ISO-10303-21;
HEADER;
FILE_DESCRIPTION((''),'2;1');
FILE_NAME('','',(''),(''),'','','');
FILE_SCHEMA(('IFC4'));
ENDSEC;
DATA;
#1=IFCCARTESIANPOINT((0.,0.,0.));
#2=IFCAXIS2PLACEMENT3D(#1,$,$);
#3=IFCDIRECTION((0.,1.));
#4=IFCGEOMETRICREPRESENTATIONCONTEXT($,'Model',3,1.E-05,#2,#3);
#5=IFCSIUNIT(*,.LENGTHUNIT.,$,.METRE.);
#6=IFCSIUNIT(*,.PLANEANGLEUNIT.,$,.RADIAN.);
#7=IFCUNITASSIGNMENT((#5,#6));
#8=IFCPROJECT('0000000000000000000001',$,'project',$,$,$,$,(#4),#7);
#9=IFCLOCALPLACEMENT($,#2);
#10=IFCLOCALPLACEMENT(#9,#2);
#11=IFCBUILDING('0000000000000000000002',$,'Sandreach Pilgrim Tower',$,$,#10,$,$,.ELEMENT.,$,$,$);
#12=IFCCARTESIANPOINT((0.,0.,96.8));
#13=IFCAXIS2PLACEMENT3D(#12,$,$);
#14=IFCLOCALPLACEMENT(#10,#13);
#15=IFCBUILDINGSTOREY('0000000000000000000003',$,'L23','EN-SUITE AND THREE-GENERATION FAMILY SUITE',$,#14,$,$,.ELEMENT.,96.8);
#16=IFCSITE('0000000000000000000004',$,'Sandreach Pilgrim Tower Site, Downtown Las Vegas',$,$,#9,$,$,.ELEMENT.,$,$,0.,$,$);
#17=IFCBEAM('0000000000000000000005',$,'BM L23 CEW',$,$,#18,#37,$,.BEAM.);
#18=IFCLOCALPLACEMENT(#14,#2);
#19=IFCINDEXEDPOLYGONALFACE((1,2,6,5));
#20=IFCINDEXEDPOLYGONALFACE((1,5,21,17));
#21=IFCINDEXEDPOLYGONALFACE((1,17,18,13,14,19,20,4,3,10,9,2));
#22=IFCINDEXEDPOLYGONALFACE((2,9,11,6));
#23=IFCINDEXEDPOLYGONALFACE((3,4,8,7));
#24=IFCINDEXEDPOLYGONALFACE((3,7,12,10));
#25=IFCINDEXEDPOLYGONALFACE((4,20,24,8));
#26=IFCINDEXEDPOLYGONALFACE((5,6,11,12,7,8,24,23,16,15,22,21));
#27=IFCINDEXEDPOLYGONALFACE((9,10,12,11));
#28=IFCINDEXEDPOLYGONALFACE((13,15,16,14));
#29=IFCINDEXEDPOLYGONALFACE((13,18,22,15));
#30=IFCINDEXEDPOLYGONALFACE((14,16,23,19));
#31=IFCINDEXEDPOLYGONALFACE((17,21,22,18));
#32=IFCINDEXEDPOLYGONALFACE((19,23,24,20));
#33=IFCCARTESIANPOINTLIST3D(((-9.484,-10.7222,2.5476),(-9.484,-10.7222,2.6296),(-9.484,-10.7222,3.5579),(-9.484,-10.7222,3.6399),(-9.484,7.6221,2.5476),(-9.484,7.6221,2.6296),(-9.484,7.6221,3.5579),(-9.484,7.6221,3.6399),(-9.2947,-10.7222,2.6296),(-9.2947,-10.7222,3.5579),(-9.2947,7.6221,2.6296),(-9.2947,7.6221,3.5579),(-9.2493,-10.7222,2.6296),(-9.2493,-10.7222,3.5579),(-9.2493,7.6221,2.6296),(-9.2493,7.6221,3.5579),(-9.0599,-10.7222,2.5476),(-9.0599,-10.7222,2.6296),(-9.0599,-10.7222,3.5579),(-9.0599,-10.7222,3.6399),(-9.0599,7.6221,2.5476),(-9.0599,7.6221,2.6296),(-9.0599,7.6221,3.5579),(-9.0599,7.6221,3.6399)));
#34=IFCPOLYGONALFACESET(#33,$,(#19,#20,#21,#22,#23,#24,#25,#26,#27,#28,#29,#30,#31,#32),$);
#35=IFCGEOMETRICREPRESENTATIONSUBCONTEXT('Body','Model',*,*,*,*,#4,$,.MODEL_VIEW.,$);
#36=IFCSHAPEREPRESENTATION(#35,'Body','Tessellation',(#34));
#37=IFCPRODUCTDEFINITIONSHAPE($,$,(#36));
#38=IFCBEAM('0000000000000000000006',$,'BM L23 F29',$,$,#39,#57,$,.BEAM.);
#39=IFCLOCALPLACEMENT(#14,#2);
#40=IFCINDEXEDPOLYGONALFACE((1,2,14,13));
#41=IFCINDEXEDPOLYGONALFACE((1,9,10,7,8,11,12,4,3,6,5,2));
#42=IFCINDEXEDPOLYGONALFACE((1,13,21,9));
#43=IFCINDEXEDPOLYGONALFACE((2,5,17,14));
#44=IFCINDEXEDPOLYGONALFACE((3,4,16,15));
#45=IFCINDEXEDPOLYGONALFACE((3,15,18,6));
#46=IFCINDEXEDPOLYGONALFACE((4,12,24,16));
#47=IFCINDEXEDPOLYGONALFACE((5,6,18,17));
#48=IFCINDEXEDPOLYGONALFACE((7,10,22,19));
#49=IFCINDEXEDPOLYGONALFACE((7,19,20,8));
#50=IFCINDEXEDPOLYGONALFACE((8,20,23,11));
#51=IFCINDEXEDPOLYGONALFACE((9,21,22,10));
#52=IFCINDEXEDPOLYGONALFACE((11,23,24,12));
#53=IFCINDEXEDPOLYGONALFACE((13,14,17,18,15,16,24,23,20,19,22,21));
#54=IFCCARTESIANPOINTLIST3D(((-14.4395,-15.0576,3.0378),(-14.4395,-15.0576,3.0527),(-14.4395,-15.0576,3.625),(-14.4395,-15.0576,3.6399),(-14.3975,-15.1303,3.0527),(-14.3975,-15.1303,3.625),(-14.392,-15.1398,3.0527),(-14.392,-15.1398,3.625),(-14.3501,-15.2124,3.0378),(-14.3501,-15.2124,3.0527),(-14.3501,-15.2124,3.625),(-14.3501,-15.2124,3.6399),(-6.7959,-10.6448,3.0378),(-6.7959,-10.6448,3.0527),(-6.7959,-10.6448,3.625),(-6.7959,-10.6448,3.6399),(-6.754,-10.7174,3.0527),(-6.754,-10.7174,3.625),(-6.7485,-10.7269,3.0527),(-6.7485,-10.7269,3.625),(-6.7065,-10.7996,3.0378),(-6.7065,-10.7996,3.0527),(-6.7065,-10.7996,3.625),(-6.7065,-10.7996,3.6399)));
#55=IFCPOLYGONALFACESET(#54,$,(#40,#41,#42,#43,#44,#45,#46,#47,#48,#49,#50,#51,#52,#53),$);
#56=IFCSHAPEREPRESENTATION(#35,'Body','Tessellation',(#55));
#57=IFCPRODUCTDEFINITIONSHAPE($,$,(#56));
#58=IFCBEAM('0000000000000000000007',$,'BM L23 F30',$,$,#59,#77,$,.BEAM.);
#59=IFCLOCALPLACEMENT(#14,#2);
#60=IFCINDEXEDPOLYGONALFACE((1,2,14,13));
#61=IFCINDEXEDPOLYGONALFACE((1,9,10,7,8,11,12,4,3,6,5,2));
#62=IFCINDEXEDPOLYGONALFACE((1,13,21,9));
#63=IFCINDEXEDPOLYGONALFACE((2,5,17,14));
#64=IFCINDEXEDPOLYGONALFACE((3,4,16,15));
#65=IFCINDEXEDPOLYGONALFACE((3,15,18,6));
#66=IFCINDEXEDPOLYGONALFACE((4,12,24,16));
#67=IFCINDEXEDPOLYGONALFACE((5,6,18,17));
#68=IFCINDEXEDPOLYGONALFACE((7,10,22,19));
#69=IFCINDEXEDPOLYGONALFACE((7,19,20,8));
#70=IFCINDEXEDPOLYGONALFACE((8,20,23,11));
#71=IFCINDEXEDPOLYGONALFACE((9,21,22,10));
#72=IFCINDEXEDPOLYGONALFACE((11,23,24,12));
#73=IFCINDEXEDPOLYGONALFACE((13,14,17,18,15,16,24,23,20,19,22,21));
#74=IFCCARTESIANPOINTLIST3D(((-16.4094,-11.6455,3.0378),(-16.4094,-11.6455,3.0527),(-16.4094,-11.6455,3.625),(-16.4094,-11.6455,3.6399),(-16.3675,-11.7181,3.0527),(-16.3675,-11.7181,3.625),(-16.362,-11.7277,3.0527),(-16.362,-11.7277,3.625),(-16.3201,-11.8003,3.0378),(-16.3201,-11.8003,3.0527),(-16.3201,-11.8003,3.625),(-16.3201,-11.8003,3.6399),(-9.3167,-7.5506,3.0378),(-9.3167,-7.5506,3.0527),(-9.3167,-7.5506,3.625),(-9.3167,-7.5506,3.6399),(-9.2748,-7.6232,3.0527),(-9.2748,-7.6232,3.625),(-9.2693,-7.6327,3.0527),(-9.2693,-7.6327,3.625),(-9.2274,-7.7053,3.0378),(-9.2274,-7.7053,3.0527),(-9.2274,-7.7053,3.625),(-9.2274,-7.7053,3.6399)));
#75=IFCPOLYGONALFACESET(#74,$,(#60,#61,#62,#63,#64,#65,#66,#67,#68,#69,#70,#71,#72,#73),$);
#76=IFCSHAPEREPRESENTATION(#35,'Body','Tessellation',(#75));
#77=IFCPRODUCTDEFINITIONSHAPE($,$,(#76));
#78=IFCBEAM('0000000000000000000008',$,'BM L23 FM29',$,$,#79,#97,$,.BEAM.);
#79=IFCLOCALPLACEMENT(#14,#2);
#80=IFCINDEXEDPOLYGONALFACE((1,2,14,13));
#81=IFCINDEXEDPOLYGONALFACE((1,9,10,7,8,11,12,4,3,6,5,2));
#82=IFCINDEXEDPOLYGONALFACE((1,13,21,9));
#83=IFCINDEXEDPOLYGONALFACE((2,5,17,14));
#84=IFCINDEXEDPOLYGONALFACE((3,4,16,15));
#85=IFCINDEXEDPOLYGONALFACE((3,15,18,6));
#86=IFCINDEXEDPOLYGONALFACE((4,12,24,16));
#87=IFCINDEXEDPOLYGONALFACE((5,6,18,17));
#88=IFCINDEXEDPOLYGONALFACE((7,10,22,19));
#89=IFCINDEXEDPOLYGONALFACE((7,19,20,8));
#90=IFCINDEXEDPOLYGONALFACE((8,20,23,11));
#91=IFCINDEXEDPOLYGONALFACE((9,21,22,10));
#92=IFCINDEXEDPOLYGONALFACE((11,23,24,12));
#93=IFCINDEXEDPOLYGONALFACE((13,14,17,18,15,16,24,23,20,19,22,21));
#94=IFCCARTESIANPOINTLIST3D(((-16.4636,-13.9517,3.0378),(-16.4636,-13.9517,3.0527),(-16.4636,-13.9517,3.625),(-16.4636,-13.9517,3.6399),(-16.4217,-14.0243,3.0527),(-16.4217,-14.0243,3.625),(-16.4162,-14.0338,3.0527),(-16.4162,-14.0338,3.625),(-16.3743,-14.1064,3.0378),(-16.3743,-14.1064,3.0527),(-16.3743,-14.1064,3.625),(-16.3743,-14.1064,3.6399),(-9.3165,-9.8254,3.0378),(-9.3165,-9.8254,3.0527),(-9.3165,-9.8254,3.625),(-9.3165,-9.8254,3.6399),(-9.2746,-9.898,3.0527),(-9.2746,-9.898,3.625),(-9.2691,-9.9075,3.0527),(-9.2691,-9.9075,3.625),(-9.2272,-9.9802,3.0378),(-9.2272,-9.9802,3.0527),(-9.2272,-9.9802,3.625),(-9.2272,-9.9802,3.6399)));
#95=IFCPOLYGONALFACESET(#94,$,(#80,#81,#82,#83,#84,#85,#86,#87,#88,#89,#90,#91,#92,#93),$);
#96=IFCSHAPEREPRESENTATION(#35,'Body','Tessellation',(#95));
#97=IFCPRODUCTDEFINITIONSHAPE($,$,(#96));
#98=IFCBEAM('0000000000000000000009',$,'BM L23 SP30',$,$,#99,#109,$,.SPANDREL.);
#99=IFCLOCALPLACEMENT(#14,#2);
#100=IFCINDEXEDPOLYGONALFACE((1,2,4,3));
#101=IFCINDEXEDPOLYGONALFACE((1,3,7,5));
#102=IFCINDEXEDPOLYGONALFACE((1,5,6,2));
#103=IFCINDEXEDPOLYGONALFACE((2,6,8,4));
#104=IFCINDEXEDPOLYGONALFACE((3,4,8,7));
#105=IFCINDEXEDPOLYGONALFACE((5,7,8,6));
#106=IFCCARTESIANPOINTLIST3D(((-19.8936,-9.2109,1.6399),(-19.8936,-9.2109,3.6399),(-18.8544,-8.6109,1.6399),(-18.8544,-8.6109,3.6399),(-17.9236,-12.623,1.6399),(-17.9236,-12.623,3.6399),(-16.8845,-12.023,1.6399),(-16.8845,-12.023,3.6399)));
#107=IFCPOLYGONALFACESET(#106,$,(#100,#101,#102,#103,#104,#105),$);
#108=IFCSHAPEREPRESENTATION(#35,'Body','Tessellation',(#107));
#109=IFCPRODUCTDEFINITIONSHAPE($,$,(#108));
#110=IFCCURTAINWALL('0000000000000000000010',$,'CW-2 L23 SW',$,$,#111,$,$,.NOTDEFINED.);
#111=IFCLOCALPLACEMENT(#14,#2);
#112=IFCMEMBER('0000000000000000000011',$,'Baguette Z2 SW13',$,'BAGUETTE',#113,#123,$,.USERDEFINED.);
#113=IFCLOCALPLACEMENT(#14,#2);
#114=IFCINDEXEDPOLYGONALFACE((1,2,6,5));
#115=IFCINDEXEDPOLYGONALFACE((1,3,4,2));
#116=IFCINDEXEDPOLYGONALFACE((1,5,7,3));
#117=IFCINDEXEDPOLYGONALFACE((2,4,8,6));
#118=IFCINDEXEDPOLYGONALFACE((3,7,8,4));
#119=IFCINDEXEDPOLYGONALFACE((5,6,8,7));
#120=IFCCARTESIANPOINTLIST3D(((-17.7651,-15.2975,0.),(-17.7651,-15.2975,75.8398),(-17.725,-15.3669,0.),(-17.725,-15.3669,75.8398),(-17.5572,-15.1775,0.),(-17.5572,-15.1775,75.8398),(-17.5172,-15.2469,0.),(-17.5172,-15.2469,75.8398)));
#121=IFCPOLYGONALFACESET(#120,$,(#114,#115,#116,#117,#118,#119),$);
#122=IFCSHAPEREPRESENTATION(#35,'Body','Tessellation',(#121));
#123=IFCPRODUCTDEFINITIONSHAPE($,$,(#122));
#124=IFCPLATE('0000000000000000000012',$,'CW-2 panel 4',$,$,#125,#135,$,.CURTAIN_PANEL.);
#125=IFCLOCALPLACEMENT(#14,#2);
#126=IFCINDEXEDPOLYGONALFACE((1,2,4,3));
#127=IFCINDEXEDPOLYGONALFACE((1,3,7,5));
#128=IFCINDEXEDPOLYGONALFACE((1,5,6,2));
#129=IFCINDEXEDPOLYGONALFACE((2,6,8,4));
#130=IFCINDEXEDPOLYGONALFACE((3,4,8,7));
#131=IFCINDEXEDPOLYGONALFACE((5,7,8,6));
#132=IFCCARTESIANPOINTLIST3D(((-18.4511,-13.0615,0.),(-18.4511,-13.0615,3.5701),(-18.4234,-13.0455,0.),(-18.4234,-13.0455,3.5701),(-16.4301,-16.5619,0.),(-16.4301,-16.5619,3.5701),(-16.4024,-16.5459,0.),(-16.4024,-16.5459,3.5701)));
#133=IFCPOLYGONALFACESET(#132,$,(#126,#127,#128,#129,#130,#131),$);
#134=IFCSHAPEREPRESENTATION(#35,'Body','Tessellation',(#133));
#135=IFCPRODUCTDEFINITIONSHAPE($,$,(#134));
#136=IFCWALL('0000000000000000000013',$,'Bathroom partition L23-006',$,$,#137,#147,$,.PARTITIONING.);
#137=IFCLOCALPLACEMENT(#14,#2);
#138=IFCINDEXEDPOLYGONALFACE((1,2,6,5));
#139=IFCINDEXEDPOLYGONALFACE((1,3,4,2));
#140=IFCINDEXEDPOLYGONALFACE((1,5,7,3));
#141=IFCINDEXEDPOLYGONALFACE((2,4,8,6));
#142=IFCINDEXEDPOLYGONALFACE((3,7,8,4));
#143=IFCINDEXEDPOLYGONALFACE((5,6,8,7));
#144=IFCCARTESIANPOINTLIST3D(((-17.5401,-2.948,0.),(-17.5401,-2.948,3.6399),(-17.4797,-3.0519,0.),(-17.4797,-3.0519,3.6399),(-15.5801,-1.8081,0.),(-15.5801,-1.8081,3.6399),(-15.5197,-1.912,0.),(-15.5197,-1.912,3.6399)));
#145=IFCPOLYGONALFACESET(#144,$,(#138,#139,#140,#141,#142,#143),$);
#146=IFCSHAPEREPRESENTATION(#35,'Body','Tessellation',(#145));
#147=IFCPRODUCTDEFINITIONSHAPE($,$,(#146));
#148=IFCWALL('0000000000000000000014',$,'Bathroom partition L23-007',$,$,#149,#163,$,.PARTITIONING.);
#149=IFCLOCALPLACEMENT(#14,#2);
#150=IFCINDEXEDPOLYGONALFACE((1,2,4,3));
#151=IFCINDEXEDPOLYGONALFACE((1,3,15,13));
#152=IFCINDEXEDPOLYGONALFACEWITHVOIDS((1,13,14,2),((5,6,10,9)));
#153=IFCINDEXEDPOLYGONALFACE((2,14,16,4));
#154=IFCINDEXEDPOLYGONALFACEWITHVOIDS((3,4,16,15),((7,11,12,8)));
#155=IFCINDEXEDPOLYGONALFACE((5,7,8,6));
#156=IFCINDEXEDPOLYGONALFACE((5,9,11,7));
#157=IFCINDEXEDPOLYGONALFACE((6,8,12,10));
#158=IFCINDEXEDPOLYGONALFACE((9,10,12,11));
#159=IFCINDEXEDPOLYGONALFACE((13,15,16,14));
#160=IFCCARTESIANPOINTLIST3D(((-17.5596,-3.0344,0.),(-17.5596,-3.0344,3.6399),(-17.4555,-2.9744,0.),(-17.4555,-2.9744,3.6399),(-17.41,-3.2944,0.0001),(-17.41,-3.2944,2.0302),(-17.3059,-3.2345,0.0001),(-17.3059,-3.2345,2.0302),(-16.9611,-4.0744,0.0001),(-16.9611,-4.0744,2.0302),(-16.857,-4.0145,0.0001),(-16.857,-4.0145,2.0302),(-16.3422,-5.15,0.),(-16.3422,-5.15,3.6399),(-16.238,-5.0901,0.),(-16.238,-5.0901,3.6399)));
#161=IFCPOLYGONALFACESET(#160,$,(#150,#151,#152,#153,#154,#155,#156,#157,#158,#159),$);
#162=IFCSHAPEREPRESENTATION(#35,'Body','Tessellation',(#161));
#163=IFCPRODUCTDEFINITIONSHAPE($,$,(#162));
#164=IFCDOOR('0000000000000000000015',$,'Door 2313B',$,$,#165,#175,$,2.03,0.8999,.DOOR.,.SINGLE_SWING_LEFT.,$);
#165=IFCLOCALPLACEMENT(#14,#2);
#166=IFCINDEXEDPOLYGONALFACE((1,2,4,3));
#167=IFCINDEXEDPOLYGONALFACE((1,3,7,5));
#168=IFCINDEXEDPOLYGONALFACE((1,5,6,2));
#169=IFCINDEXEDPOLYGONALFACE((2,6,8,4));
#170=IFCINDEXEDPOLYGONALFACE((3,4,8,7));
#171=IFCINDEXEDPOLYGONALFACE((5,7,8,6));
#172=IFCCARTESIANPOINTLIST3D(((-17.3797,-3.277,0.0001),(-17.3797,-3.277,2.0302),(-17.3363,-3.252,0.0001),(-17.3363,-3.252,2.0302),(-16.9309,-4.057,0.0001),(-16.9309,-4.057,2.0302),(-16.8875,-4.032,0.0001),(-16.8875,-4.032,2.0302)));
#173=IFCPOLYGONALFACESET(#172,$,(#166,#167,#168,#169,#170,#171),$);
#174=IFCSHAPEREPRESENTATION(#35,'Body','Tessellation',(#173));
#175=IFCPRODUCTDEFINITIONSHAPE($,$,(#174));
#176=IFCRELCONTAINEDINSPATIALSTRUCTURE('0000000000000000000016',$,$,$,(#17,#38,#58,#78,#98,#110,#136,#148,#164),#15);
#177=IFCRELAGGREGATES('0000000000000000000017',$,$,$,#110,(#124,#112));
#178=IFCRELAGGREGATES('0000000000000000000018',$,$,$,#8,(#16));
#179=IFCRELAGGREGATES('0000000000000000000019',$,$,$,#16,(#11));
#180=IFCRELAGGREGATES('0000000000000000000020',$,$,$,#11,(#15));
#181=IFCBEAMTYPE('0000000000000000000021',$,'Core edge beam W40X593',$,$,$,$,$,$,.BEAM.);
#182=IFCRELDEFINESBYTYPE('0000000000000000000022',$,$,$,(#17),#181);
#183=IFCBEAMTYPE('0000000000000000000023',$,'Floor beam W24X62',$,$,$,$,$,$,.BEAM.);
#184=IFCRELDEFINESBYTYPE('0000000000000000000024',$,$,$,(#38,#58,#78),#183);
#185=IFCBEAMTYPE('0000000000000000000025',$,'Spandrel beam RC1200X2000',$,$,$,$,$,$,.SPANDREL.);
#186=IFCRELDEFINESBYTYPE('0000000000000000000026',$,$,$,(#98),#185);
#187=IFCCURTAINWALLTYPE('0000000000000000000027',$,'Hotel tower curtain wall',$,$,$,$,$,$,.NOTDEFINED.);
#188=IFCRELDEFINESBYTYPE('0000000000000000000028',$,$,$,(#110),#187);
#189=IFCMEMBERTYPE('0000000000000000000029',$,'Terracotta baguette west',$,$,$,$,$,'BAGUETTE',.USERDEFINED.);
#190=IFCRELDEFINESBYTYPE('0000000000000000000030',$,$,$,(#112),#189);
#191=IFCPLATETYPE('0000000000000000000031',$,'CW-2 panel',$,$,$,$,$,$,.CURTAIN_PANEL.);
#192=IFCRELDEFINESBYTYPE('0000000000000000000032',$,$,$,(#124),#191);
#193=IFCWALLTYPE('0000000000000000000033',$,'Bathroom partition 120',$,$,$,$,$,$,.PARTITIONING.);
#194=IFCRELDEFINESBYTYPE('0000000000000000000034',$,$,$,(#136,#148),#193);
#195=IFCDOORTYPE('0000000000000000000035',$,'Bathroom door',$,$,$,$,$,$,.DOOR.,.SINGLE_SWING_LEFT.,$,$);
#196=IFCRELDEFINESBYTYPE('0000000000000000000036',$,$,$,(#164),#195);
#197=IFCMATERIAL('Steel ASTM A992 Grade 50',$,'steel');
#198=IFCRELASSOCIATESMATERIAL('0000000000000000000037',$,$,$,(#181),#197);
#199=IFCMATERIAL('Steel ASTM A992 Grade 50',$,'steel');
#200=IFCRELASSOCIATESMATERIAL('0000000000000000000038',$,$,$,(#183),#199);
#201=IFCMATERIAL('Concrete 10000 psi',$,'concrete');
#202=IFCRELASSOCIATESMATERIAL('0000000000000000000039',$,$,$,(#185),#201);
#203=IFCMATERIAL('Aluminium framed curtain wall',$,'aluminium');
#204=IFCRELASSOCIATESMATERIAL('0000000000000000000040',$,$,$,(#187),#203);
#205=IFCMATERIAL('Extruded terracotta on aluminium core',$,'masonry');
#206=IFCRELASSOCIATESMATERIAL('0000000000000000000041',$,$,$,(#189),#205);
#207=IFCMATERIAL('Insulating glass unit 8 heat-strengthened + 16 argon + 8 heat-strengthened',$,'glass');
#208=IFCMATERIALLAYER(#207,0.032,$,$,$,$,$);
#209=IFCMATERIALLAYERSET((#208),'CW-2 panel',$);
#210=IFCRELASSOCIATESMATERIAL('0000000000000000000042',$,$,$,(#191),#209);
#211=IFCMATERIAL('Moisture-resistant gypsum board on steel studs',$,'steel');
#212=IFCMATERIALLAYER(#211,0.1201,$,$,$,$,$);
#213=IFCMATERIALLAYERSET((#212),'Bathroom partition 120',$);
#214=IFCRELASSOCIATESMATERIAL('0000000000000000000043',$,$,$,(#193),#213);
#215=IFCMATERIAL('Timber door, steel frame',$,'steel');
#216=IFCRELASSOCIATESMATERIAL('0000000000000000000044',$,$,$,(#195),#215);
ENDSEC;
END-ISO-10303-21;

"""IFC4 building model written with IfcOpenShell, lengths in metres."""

from ifc_helpers import new_model, si_unit, direction, frame, frame_2d, origin, origin_2d, place, context, subcontext, project, spatial, rectangle, i_section, extrude, material, layer, layer_set, material_profile, profile_set, type_object, element, fill, aggregate, save


model = new_model("IFC4")

# Units and contexts
model_context = context("Model", 3, precision=1e-05, world=origin(), true_north=direction((0.0, 1.0)))
body_context = subcontext(model_context, "Body", "Model", "MODEL_VIEW")
ifc_project = project(units=[si_unit("LENGTHUNIT", "METRE"), si_unit("PLANEANGLEUNIT", "RADIAN")], contexts=[model_context])

# Site, building, storey
site_placement = place(None, origin())
site = spatial("IfcSite", under=ifc_project, at=site_placement, Name="Sandreach Pilgrim Tower Site, Downtown Las Vegas", CompositionType="ELEMENT", RefElevation=0.0)
building_placement = place(site_placement, origin())
building = spatial("IfcBuilding", under=site, at=building_placement, Name="Sandreach Pilgrim Tower", CompositionType="ELEMENT")
storey_placement = place(building_placement, frame((0.0, 0.0, 96.8)))
storey = spatial("IfcBuildingStorey", under=building, at=storey_placement, Name="L23", Description="EN-SUITE AND THREE-GENERATION FAMILY SUITE", CompositionType="ELEMENT", Elevation=96.8)

# Beams
ifc_material_1 = material(Name="Steel ASTM A992 Grade 50", Category="steel")
ifc_material_profile_1 = material_profile(ifc_material_1, i_section(OverallWidth=0.4241, OverallDepth=1.0923, WebThickness=0.0454, FlangeThickness=0.082, at=origin_2d()), Name="W40X593")
ifc_profile_set_1 = profile_set([ifc_material_profile_1], Name="Steel ASTM A992 Grade 50")
beam_type_1 = type_object("IfcBeamType", Name="Core edge beam W40X593", PredefinedType="BEAM", material=ifc_profile_set_1)
beam_1_placement = place(storey_placement, frame((-9.272, -10.7222, 3.0938), z_axis=(0.0, 1.0, 0.0), x_axis=(-1.0, 0.0, 0.0)))
element("IfcBeam", 1, at=beam_1_placement, inside=storey, type_object=beam_type_1, Name="BM L23 CEW", PredefinedType="BEAM", context=body_context, shape_type="SweptSolid", body=[
    extrude(i_section(OverallWidth=0.4241, OverallDepth=1.0923, WebThickness=0.0454, FlangeThickness=0.082, at=origin_2d()), origin(), (0.0, 0.0, 1.0), 18.3442),
])
ifc_material_2 = material(Name="Steel ASTM A992 Grade 50", Category="steel")
ifc_material_profile_2 = material_profile(ifc_material_2, i_section(OverallWidth=0.1787, OverallDepth=0.6021, WebThickness=0.011, FlangeThickness=0.0149, at=origin_2d()), Name="W24X62")
ifc_profile_set_2 = profile_set([ifc_material_profile_2], Name="Steel ASTM A992 Grade 50")
beam_type_2 = type_object("IfcBeamType", Name="Floor beam W24X62", PredefinedType="BEAM", material=ifc_profile_set_2)
beam_2_placement = place(storey_placement, frame((-14.3948, -15.135, 3.3389), z_axis=(0.866034, 0.499986, 0.0), x_axis=(-0.499986, 0.866034, 0.0)))
element("IfcBeam", 2, at=beam_2_placement, inside=storey, type_object=beam_type_2, Name="BM L23 F29", PredefinedType="BEAM", context=body_context, shape_type="SweptSolid", body=[
    extrude(i_section(OverallWidth=0.1787, OverallDepth=0.6021, WebThickness=0.011, FlangeThickness=0.0149, at=origin_2d()), origin(), (0.0, 0.0, 1.0), 8.8259),
])
beam_3_placement = place(storey_placement, frame((-16.3647, -11.7229, 3.3389), z_axis=(0.866028, 0.499996, 0.0), x_axis=(-0.499996, 0.866028, 0.0)))
element("IfcBeam", 3, at=beam_3_placement, inside=storey, type_object=beam_type_2, Name="BM L23 F30", PredefinedType="BEAM", context=body_context, shape_type="SweptSolid", body=[
    extrude(i_section(OverallWidth=0.1787, OverallDepth=0.6021, WebThickness=0.011, FlangeThickness=0.0149, at=origin_2d()), origin(), (0.0, 0.0, 1.0), 8.1899),
])
beam_4_placement = place(storey_placement, frame((-16.4189, -14.0291, 3.3389), z_axis=(0.86603, 0.499992, 0.0), x_axis=(-0.499992, 0.86603, 0.0)))
element("IfcBeam", 4, at=beam_4_placement, inside=storey, type_object=beam_type_2, Name="BM L23 FM29", PredefinedType="BEAM", context=body_context, shape_type="SweptSolid", body=[
    extrude(i_section(OverallWidth=0.1787, OverallDepth=0.6021, WebThickness=0.011, FlangeThickness=0.0149, at=origin_2d()), origin(), (0.0, 0.0, 1.0), 8.2527),
])
ifc_material_3 = material(Name="Concrete 10000 psi", Category="concrete")
ifc_material_profile_3 = material_profile(ifc_material_3, rectangle(XDim=1.2, YDim=2.0, at=origin_2d()), Name="RC1200X2000")
ifc_profile_set_3 = profile_set([ifc_material_profile_3], Name="Concrete 10000 psi")
beam_type_3 = type_object("IfcBeamType", Name="Spandrel beam RC1200X2000", PredefinedType="SPANDREL", material=ifc_profile_set_3)
beam_5_placement = place(storey_placement, frame((-17.4041, -12.323, 2.6399), z_axis=(-0.499998, 0.866027, 0.0), x_axis=(-0.866027, -0.499998, 0.0)))
element("IfcBeam", 5, at=beam_5_placement, inside=storey, type_object=beam_type_3, Name="BM L23 SP30", PredefinedType="SPANDREL", context=body_context, shape_type="SweptSolid", body=[
    extrude(rectangle(XDim=1.2, YDim=2.0, at=origin_2d()), origin(), (0.0, 0.0, 1.0), 3.9399),
])

# Curtain wall, member, plate
ifc_material_4 = material(Name="Aluminium framed curtain wall", Category="aluminium")
curtain_wall_type = type_object("IfcCurtainWallType", Name="Hotel tower curtain wall", PredefinedType="NOTDEFINED", material=ifc_material_4)
curtain_wall_placement = place(storey_placement, origin())
curtain_wall = element("IfcCurtainWall", 6, at=curtain_wall_placement, inside=storey, type_object=curtain_wall_type, Name="CW-2 L23 SW", PredefinedType="NOTDEFINED")
ifc_material_5 = material(Name="Extruded terracotta on aluminium core", Category="masonry")
ifc_material_profile_4 = material_profile(ifc_material_5, rectangle(XDim=0.0801, YDim=0.24, at=origin_2d()), Name="TBW 80X240")
ifc_profile_set_4 = profile_set([ifc_material_profile_4], Name="Extruded terracotta on aluminium core")
member_type = type_object("IfcMemberType", Name="Terracotta baguette west", ElementType="BAGUETTE", PredefinedType="USERDEFINED", material=ifc_profile_set_4)
member_placement = place(storey_placement, frame((-17.6411, -15.2722, 0.0), z_axis=(0.0, 0.0, 1.0), x_axis=(-0.5, 0.866025, 0.0)))
member = element("IfcMember", 7, at=member_placement, type_object=member_type, Name="Baguette Z2 SW13", ObjectType="BAGUETTE", PredefinedType="USERDEFINED", context=body_context, shape_type="SweptSolid", body=[
    extrude(rectangle(XDim=0.0801, YDim=0.24, at=origin_2d()), origin(), (0.0, 0.0, 1.0), 75.8398),
])
ifc_material_6 = material(Name="Insulating glass unit 8 heat-strengthened + 16 argon + 8 heat-strengthened", Category="glass")
ifc_layer_1 = layer(ifc_material_6, 0.032)
ifc_layer_set_1 = layer_set([ifc_layer_1], Name="CW-2 panel")
plate_type = type_object("IfcPlateType", Name="CW-2 panel", PredefinedType="CURTAIN_PANEL", material=ifc_layer_set_1)
plate_placement = place(storey_placement, frame((-17.4268, -14.8037, 0.0), z_axis=(0.0, 0.0, 1.0), x_axis=(-0.5, 0.866025, 0.0)))
plate = element("IfcPlate", 8, at=plate_placement, type_object=plate_type, Name="CW-2 panel 4", PredefinedType="CURTAIN_PANEL", context=body_context, shape_type="SweptSolid", body=[
    extrude(rectangle(XDim=4.042, YDim=0.032, at=origin_2d()), origin(), (0.0, 0.0, 1.0), 3.5701),
])
aggregate(curtain_wall, [plate, member])

# Wall
ifc_material_7 = material(Name="Moisture-resistant gypsum board on steel studs", Category="steel")
ifc_layer_2 = layer(ifc_material_7, 0.1201)
ifc_layer_set_2 = layer_set([ifc_layer_2], Name="Bathroom partition 120")
wall_type_1 = type_object("IfcWallType", Name="Bathroom partition 120", PredefinedType="PARTITIONING", material=ifc_layer_set_2)
wall_1_placement = place(storey_placement, frame((-17.51, -3.0, 0.0), z_axis=(0.0, 0.0, 1.0), x_axis=(0.864434, 0.502746, 0.0)))
element("IfcWall", 9, at=wall_1_placement, inside=storey, type_object=wall_type_1, Name="Bathroom partition L23-006", PredefinedType="PARTITIONING", context=body_context, shape_type="SweptSolid", body=[
    extrude(rectangle(XDim=2.2673, YDim=0.1201, at=frame_2d((1.1338, 0.0))), origin(), (0.0, 0.0, 1.0), 3.6399),
])

# Wall, opening, door
wall_2_placement = place(storey_placement, frame((-17.5076, -3.0044, 0.0), z_axis=(0.0, 0.0, 1.0), x_axis=(0.498776, -0.866731, 0.0)))
wall_2 = element("IfcWall", 10, at=wall_2_placement, inside=storey, type_object=wall_type_1, Name="Bathroom partition L23-007", PredefinedType="PARTITIONING", context=body_context, shape_type="SweptSolid", body=[
    extrude(rectangle(XDim=2.4409, YDim=0.1201, at=frame_2d((1.2205, 0.0))), origin(), (0.0, 0.0, 1.0), 3.6399),
])
opening_1_placement = place(wall_2_placement, frame((0.3, 0.0, 0.0)))
opening_1 = element("IfcOpeningElement", 11, at=opening_1_placement, cuts=wall_2, PredefinedType="OPENING", context=body_context, shape_type="SweptSolid", body=[
    extrude(rectangle(XDim=0.8999, YDim=2.03, at=frame_2d((0.45, 1.0151))), frame((0.0, 0.0601, 0.0), z_axis=(0.0, -1.0, 0.0), x_axis=(1.0, 0.0, 0.0)), (0.0, 0.0, 1.0), 0.1201),
])
ifc_material_8 = material(Name="Timber door, steel frame", Category="steel")
door_type_1 = type_object("IfcDoorType", Name="Bathroom door", OperationType="SINGLE_SWING_LEFT", PredefinedType="DOOR", material=ifc_material_8)
door_1_placement = place(opening_1_placement, origin())
door_1 = element("IfcDoor", 12, at=door_1_placement, inside=storey, type_object=door_type_1, Name="Door 2313B", OperationType="SINGLE_SWING_LEFT", OverallHeight=2.03, OverallWidth=0.8999, PredefinedType="DOOR", context=body_context, shape_type="SweptSolid", body=[
    extrude(rectangle(XDim=0.8999, YDim=2.03, at=frame_2d((0.45, 1.0151))), frame((0.0, 0.0249, 0.0), z_axis=(0.0, -1.0, 0.0), x_axis=(1.0, 0.0, 0.0)), (0.0, 0.0, 1.0), 0.05),
])
fill(opening_1, door_1)

save(model, "model.ifc")
